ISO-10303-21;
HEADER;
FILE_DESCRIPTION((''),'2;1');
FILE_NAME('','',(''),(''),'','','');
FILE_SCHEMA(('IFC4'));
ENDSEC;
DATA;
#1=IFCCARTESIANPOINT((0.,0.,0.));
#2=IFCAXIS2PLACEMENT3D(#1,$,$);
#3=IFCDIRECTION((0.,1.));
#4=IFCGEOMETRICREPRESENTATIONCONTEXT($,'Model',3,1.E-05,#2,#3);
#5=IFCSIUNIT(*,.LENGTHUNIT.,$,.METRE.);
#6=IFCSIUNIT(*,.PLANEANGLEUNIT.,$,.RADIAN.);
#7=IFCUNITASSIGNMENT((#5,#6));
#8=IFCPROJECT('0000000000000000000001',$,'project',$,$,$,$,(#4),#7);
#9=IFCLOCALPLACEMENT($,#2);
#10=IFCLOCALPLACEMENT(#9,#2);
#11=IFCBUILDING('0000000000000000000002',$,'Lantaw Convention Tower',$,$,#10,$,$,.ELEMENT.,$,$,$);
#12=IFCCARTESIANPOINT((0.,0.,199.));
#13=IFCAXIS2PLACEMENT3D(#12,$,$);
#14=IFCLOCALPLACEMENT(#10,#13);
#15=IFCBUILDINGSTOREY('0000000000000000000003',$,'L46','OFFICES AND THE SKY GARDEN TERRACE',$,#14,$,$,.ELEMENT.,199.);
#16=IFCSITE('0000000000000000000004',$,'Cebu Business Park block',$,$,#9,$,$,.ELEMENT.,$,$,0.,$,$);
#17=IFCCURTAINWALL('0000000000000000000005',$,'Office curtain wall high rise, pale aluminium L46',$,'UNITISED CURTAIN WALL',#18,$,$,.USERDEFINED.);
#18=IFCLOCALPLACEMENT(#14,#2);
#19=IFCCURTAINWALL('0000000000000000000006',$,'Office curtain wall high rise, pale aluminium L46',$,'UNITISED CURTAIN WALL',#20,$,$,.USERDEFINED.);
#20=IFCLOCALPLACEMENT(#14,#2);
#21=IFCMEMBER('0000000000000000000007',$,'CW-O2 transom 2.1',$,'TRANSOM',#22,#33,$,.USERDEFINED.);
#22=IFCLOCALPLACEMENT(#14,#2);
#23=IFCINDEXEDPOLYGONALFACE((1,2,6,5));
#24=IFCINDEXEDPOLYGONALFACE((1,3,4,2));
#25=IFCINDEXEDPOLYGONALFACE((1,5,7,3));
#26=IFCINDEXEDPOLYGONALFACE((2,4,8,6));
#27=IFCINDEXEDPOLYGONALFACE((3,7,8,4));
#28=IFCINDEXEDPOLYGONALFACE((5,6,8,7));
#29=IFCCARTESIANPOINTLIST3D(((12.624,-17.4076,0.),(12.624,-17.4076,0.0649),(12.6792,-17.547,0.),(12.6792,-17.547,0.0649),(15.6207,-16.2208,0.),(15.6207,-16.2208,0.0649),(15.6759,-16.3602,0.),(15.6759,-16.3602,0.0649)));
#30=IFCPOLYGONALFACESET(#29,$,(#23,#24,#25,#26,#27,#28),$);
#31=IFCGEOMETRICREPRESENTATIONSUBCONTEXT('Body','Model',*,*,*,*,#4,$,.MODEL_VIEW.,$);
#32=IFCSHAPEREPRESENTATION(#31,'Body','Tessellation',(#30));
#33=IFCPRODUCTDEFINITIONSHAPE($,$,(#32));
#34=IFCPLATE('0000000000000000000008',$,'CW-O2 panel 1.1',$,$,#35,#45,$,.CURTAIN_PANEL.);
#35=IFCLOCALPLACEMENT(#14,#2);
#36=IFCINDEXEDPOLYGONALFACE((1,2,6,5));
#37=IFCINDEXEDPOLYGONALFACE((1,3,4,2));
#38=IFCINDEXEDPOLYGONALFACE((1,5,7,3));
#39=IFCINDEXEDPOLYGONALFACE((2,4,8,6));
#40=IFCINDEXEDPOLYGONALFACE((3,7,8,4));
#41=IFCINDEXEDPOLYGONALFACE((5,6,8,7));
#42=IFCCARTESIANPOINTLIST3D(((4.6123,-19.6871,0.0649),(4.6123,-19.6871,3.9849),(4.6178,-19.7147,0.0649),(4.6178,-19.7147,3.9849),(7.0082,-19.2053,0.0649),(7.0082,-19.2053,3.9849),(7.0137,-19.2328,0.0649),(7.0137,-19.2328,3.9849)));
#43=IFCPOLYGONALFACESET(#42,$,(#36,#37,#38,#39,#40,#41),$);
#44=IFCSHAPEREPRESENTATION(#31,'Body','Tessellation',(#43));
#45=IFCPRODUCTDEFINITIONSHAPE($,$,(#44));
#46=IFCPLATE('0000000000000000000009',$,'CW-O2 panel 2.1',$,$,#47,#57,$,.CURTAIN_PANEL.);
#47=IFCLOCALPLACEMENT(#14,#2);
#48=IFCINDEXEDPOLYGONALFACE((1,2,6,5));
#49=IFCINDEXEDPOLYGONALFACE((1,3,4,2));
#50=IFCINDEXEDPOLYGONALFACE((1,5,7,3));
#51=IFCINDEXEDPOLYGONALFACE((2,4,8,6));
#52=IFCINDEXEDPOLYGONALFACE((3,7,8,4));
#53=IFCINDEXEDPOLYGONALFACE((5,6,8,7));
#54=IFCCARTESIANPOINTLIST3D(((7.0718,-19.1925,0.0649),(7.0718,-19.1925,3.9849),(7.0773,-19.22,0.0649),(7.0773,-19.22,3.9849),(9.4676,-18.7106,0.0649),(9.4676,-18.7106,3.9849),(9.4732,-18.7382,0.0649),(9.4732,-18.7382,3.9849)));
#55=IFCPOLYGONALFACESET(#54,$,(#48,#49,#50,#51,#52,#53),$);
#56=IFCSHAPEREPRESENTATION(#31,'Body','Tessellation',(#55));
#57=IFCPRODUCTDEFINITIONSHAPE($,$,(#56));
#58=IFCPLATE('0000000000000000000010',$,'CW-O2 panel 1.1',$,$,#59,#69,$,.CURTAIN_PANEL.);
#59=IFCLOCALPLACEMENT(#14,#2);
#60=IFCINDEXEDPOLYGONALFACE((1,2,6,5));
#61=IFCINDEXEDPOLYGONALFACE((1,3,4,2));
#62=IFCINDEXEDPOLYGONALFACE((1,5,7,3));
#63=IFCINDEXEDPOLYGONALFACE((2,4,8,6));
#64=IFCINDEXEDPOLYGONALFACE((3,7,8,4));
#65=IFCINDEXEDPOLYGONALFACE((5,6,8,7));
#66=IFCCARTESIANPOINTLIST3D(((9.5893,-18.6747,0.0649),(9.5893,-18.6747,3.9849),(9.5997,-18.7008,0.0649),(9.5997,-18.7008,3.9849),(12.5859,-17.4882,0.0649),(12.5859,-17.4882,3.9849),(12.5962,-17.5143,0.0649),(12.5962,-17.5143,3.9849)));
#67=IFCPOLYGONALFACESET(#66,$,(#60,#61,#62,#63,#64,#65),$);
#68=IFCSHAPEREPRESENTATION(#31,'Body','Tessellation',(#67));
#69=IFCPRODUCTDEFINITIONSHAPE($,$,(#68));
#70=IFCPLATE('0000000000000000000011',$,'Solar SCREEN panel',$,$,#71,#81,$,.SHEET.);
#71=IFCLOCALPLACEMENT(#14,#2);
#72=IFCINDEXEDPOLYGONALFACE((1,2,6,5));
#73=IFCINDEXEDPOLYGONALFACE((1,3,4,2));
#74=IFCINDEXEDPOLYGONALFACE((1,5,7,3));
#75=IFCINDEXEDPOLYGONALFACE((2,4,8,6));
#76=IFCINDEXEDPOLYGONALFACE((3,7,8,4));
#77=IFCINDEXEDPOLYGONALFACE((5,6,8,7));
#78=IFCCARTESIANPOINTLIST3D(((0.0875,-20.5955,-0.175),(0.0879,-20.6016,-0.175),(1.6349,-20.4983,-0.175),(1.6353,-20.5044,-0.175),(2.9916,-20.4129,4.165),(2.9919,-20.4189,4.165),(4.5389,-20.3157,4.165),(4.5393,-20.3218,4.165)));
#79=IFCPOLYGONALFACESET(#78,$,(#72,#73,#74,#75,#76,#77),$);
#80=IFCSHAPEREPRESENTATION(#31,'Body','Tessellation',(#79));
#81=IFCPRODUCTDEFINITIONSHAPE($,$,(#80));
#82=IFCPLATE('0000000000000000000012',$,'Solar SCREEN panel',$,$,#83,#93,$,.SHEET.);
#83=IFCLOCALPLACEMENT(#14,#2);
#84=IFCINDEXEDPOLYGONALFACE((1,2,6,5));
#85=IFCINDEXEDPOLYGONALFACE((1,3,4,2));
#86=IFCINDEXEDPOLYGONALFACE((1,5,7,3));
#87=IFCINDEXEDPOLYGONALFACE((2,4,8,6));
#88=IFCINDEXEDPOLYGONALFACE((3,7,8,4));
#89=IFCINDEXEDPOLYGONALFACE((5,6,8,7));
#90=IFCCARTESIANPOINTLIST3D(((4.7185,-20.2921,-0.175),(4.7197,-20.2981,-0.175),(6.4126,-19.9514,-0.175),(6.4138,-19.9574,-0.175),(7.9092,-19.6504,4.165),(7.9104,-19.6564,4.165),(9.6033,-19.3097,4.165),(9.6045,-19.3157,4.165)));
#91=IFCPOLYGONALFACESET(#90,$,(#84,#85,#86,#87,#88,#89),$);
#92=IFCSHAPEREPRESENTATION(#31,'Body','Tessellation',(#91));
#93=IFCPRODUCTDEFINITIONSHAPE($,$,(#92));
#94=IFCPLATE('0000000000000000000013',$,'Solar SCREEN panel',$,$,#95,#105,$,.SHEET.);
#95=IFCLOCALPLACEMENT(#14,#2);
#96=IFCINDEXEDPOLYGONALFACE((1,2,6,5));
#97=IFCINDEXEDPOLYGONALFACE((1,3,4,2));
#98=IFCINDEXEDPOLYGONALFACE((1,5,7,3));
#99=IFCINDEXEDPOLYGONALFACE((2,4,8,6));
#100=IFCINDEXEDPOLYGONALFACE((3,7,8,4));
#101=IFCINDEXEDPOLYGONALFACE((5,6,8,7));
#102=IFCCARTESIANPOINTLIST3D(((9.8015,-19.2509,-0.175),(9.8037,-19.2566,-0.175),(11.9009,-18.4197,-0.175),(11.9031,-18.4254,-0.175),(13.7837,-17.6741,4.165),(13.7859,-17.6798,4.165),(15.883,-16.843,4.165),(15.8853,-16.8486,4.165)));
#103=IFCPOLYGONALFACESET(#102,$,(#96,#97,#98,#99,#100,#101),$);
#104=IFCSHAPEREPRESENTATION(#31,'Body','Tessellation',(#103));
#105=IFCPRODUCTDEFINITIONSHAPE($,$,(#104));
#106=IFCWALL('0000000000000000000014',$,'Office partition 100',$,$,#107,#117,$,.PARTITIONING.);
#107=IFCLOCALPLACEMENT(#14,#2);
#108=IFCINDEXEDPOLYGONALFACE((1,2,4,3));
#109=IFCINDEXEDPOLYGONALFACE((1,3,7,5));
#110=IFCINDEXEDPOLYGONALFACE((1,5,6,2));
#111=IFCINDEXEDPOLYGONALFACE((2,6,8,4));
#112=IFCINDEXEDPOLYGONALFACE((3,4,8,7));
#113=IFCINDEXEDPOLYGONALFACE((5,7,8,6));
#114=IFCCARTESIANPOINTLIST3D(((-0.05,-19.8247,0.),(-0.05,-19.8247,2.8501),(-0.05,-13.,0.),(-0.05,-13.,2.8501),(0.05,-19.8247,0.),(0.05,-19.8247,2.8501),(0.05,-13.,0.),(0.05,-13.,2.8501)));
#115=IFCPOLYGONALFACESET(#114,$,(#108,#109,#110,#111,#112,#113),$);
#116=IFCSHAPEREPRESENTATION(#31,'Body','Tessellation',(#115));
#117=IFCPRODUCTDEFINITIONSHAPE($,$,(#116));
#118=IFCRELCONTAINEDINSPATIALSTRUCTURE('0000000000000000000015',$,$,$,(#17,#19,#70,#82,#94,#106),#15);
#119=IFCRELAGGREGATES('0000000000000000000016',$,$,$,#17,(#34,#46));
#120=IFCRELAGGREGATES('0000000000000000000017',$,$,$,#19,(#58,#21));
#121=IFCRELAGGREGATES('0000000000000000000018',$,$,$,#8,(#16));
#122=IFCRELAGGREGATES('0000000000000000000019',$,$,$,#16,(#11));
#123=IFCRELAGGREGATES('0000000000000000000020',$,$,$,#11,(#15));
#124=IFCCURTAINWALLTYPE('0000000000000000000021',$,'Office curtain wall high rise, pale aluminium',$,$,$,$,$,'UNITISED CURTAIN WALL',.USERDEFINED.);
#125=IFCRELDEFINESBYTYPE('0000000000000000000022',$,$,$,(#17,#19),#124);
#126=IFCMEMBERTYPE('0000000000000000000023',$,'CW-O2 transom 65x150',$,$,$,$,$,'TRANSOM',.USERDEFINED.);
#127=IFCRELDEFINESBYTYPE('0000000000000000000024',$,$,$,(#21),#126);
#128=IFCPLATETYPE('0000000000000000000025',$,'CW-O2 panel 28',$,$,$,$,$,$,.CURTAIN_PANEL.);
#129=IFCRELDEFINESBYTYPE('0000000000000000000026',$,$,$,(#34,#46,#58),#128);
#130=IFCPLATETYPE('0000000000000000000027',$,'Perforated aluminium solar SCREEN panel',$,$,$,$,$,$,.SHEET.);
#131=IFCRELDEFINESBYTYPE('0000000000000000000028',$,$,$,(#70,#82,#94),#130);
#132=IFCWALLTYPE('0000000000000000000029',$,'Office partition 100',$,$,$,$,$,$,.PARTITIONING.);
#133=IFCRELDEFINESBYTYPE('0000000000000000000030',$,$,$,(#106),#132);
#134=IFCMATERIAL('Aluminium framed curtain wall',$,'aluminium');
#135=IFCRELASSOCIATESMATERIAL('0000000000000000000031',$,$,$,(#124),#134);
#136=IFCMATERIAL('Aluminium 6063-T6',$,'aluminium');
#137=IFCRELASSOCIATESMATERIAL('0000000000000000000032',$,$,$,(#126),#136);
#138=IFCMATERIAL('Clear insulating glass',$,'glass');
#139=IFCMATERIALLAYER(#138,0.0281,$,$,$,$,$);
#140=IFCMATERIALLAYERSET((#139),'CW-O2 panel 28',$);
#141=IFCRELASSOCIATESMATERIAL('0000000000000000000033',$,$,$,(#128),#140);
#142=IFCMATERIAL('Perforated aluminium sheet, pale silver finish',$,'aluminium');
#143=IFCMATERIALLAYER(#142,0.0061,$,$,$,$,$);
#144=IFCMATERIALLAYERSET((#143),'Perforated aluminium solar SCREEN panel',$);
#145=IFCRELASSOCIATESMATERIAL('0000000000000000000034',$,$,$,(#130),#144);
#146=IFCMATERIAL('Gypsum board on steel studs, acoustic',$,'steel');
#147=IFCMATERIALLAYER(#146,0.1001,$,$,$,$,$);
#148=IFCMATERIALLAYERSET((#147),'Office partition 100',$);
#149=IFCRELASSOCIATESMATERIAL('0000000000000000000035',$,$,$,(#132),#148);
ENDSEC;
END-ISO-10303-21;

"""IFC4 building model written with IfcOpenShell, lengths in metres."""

from ifc_helpers import new_model, si_unit, direction, frame, frame_2d, origin, origin_2d, place, context, subcontext, project, spatial, polyline, rectangle, outline, extrude, material, layer, layer_set, material_profile, profile_set, type_object, element, aggregate, save


model = new_model("IFC4")

# Units and contexts
model_context = context("Model", 3, precision=1e-05, world=origin(), true_north=direction((0.0, 1.0)))
body_context = subcontext(model_context, "Body", "Model", "MODEL_VIEW")
ifc_project = project(units=[si_unit("LENGTHUNIT", "METRE"), si_unit("PLANEANGLEUNIT", "RADIAN")], contexts=[model_context])

# Site, building, storey
site_placement = place(None, origin())
site = spatial("IfcSite", under=ifc_project, at=site_placement, Name="Cebu Business Park block", CompositionType="ELEMENT", RefElevation=0.0)
building_placement = place(site_placement, origin())
building = spatial("IfcBuilding", under=site, at=building_placement, Name="Lantaw Convention Tower", CompositionType="ELEMENT")
storey_placement = place(building_placement, frame((0.0, 0.0, 199.0)))
storey = spatial("IfcBuildingStorey", under=building, at=storey_placement, Name="L46", Description="OFFICES AND THE SKY GARDEN TERRACE", CompositionType="ELEMENT", Elevation=199.0)

# Curtain walls
ifc_material_1 = material(Name="Aluminium framed curtain wall", Category="aluminium")
curtain_wall_type = type_object("IfcCurtainWallType", Name="Office curtain wall high rise, pale aluminium", ElementType="UNITISED CURTAIN WALL", PredefinedType="USERDEFINED", material=ifc_material_1)
curtain_wall_1_placement = place(storey_placement, origin())
curtain_wall_1 = element("IfcCurtainWall", 1, at=curtain_wall_1_placement, inside=storey, type_object=curtain_wall_type, Name="Office curtain wall high rise, pale aluminium L46", ObjectType="UNITISED CURTAIN WALL", PredefinedType="USERDEFINED")
ifc_material_2 = material(Name="Aluminium 6063-T6", Category="aluminium")
curtain_wall_2_placement = place(storey_placement, origin())
curtain_wall_2 = element("IfcCurtainWall", 2, at=curtain_wall_2_placement, inside=storey, type_object=curtain_wall_type, Name="Office curtain wall high rise, pale aluminium L46", ObjectType="UNITISED CURTAIN WALL", PredefinedType="USERDEFINED")

# Member
ifc_material_profile_1 = material_profile(ifc_material_2, rectangle(XDim=0.1499, YDim=0.0649, at=origin_2d()), Name="CW-O2 transom 65x150")
ifc_profile_set_1 = profile_set([ifc_material_profile_1], Name="Aluminium 6063-T6")
member_type_1 = type_object("IfcMemberType", Name="CW-O2 transom 65x150", ElementType="TRANSOM", PredefinedType="USERDEFINED", material=ifc_profile_set_1)
member_1_placement = place(storey_placement, frame((12.6516, -17.4773, 0.0325), z_axis=(0.929741, 0.368215, 0.0), x_axis=(-0.368215, 0.929741, 0.0)))
member_1 = element("IfcMember", 3, at=member_1_placement, type_object=member_type_1, Name="CW-O2 transom 2.1", ObjectType="TRANSOM", PredefinedType="USERDEFINED", context=body_context, shape_type="SweptSolid", body=[
    extrude(rectangle(XDim=0.1499, YDim=0.0649, at=origin_2d()), origin(), (0.0, 0.0, 1.0), 3.2231),
])

# Plates
ifc_material_3 = material(Name="Clear insulating glass", Category="glass")
ifc_layer_1 = layer(ifc_material_3, 0.0281)
ifc_layer_set_1 = layer_set([ifc_layer_1], Name="CW-O2 panel 28")
plate_type_1 = type_object("IfcPlateType", Name="CW-O2 panel 28", PredefinedType="CURTAIN_PANEL", material=ifc_layer_set_1)
plate_1_placement = place(storey_placement, frame((5.813, -19.46, 0.0649), z_axis=(0.0, 0.0, 1.0), x_axis=(0.980367, 0.197183, 0.0)))
plate_1 = element("IfcPlate", 4, at=plate_1_placement, type_object=plate_type_1, Name="CW-O2 panel 1.1", PredefinedType="CURTAIN_PANEL", context=body_context, shape_type="SweptSolid", body=[
    extrude(rectangle(XDim=2.4438, YDim=0.0281, at=origin_2d()), origin(), (0.0, 0.0, 1.0), 3.9199),
])
plate_2_placement = place(storey_placement, frame((8.2725, -18.9653, 0.0649), z_axis=(0.0, 0.0, 1.0), x_axis=(0.980367, 0.197183, 0.0)))
plate_2 = element("IfcPlate", 5, at=plate_2_placement, type_object=plate_type_1, Name="CW-O2 panel 2.1", PredefinedType="CURTAIN_PANEL", context=body_context, shape_type="SweptSolid", body=[
    extrude(rectangle(XDim=2.4438, YDim=0.0281, at=origin_2d()), origin(), (0.0, 0.0, 1.0), 3.9199),
])
aggregate(curtain_wall_1, [plate_1, plate_2])
plate_3_placement = place(storey_placement, frame((11.0928, -18.0945, 0.0649), z_axis=(0.0, 0.0, 1.0), x_axis=(0.929762, 0.368162, 0.0)))
plate_3 = element("IfcPlate", 6, at=plate_3_placement, type_object=plate_type_1, Name="CW-O2 panel 1.1", PredefinedType="CURTAIN_PANEL", context=body_context, shape_type="SweptSolid", body=[
    extrude(rectangle(XDim=3.2229, YDim=0.0281, at=origin_2d()), origin(), (0.0, 0.0, 1.0), 3.9199),
])
aggregate(curtain_wall_2, [plate_3, member_1])

# Plates
ifc_material_4 = material(Name="Perforated aluminium sheet, pale silver finish", Category="aluminium")
ifc_layer_2 = layer(ifc_material_4, 0.0061)
ifc_layer_set_2 = layer_set([ifc_layer_2], Name="Perforated aluminium solar SCREEN panel")
plate_type_2 = type_object("IfcPlateType", Name="Perforated aluminium solar SCREEN panel", PredefinedType="SHEET", material=ifc_layer_set_2)
plate_4_placement = place(storey_placement, frame((0.0879, -20.6016, -0.175), z_axis=(0.062672, -0.998034, 0.000059), x_axis=(0.998034, 0.062672, 0.0)))
element("IfcPlate", 7, at=plate_4_placement, inside=storey, type_object=plate_type_2, Name="Solar SCREEN panel", PredefinedType="SHEET", context=body_context, shape_type="SweptSolid", body=[
    extrude(outline(polyline([(0.0, 0.0), (1.5504, 0.0), (4.4602, 4.3401), (2.9098, 4.3401), (0.0, 0.0)])), origin(), (0.0, 0.0, -1.0), 0.0061),
])
plate_5_placement = place(storey_placement, frame((4.7197, -20.2981, -0.175), z_axis=(0.197162, -0.980371, 0.000011), x_axis=(0.980371, 0.197162, 0.0)))
element("IfcPlate", 8, at=plate_5_placement, inside=storey, type_object=plate_type_2, Name="Solar SCREEN panel", PredefinedType="SHEET", context=body_context, shape_type="SweptSolid", body=[
    extrude(outline(polyline([(0.0, 0.0), (1.728, 0.0), (4.9826, 4.3401), (3.2546, 4.3401), (0.0, 0.0)])), origin(), (0.0, 0.0, -1.0), 0.0061),
])
plate_6_placement = place(storey_placement, frame((9.8037, -19.2566, -0.175), z_axis=(0.368117, -0.92978, 0.000036), x_axis=(0.92978, 0.368117, 0.0)))
element("IfcPlate", 9, at=plate_6_placement, inside=storey, type_object=plate_type_2, Name="Solar SCREEN panel", PredefinedType="SHEET", context=body_context, shape_type="SweptSolid", body=[
    extrude(outline(polyline([(0.0, 0.0), (2.258, 0.0), (6.5409, 4.3401), (4.283, 4.3401), (0.0, 0.0)])), origin(), (0.0, 0.0, -1.0), 0.0061),
])

# Wall
ifc_material_5 = material(Name="Gypsum board on steel studs, acoustic", Category="steel")
ifc_layer_3 = layer(ifc_material_5, 0.1001)
ifc_layer_set_3 = layer_set([ifc_layer_3], Name="Office partition 100")
wall_type = type_object("IfcWallType", Name="Office partition 100", PredefinedType="PARTITIONING", material=ifc_layer_set_3)
wall_placement = place(storey_placement, frame((0.0, -19.8247, 0.0), z_axis=(0.0, 0.0, 1.0), x_axis=(0.0, 1.0, 0.0)))
element("IfcWall", 10, at=wall_placement, inside=storey, type_object=wall_type, Name="Office partition 100", PredefinedType="PARTITIONING", context=body_context, shape_type="SweptSolid", body=[
    extrude(rectangle(XDim=6.8247, YDim=0.1001, at=frame_2d((3.4124, 0.0))), origin(), (0.0, 0.0, 1.0), 2.8501),
])

save(model, "model.ifc")
